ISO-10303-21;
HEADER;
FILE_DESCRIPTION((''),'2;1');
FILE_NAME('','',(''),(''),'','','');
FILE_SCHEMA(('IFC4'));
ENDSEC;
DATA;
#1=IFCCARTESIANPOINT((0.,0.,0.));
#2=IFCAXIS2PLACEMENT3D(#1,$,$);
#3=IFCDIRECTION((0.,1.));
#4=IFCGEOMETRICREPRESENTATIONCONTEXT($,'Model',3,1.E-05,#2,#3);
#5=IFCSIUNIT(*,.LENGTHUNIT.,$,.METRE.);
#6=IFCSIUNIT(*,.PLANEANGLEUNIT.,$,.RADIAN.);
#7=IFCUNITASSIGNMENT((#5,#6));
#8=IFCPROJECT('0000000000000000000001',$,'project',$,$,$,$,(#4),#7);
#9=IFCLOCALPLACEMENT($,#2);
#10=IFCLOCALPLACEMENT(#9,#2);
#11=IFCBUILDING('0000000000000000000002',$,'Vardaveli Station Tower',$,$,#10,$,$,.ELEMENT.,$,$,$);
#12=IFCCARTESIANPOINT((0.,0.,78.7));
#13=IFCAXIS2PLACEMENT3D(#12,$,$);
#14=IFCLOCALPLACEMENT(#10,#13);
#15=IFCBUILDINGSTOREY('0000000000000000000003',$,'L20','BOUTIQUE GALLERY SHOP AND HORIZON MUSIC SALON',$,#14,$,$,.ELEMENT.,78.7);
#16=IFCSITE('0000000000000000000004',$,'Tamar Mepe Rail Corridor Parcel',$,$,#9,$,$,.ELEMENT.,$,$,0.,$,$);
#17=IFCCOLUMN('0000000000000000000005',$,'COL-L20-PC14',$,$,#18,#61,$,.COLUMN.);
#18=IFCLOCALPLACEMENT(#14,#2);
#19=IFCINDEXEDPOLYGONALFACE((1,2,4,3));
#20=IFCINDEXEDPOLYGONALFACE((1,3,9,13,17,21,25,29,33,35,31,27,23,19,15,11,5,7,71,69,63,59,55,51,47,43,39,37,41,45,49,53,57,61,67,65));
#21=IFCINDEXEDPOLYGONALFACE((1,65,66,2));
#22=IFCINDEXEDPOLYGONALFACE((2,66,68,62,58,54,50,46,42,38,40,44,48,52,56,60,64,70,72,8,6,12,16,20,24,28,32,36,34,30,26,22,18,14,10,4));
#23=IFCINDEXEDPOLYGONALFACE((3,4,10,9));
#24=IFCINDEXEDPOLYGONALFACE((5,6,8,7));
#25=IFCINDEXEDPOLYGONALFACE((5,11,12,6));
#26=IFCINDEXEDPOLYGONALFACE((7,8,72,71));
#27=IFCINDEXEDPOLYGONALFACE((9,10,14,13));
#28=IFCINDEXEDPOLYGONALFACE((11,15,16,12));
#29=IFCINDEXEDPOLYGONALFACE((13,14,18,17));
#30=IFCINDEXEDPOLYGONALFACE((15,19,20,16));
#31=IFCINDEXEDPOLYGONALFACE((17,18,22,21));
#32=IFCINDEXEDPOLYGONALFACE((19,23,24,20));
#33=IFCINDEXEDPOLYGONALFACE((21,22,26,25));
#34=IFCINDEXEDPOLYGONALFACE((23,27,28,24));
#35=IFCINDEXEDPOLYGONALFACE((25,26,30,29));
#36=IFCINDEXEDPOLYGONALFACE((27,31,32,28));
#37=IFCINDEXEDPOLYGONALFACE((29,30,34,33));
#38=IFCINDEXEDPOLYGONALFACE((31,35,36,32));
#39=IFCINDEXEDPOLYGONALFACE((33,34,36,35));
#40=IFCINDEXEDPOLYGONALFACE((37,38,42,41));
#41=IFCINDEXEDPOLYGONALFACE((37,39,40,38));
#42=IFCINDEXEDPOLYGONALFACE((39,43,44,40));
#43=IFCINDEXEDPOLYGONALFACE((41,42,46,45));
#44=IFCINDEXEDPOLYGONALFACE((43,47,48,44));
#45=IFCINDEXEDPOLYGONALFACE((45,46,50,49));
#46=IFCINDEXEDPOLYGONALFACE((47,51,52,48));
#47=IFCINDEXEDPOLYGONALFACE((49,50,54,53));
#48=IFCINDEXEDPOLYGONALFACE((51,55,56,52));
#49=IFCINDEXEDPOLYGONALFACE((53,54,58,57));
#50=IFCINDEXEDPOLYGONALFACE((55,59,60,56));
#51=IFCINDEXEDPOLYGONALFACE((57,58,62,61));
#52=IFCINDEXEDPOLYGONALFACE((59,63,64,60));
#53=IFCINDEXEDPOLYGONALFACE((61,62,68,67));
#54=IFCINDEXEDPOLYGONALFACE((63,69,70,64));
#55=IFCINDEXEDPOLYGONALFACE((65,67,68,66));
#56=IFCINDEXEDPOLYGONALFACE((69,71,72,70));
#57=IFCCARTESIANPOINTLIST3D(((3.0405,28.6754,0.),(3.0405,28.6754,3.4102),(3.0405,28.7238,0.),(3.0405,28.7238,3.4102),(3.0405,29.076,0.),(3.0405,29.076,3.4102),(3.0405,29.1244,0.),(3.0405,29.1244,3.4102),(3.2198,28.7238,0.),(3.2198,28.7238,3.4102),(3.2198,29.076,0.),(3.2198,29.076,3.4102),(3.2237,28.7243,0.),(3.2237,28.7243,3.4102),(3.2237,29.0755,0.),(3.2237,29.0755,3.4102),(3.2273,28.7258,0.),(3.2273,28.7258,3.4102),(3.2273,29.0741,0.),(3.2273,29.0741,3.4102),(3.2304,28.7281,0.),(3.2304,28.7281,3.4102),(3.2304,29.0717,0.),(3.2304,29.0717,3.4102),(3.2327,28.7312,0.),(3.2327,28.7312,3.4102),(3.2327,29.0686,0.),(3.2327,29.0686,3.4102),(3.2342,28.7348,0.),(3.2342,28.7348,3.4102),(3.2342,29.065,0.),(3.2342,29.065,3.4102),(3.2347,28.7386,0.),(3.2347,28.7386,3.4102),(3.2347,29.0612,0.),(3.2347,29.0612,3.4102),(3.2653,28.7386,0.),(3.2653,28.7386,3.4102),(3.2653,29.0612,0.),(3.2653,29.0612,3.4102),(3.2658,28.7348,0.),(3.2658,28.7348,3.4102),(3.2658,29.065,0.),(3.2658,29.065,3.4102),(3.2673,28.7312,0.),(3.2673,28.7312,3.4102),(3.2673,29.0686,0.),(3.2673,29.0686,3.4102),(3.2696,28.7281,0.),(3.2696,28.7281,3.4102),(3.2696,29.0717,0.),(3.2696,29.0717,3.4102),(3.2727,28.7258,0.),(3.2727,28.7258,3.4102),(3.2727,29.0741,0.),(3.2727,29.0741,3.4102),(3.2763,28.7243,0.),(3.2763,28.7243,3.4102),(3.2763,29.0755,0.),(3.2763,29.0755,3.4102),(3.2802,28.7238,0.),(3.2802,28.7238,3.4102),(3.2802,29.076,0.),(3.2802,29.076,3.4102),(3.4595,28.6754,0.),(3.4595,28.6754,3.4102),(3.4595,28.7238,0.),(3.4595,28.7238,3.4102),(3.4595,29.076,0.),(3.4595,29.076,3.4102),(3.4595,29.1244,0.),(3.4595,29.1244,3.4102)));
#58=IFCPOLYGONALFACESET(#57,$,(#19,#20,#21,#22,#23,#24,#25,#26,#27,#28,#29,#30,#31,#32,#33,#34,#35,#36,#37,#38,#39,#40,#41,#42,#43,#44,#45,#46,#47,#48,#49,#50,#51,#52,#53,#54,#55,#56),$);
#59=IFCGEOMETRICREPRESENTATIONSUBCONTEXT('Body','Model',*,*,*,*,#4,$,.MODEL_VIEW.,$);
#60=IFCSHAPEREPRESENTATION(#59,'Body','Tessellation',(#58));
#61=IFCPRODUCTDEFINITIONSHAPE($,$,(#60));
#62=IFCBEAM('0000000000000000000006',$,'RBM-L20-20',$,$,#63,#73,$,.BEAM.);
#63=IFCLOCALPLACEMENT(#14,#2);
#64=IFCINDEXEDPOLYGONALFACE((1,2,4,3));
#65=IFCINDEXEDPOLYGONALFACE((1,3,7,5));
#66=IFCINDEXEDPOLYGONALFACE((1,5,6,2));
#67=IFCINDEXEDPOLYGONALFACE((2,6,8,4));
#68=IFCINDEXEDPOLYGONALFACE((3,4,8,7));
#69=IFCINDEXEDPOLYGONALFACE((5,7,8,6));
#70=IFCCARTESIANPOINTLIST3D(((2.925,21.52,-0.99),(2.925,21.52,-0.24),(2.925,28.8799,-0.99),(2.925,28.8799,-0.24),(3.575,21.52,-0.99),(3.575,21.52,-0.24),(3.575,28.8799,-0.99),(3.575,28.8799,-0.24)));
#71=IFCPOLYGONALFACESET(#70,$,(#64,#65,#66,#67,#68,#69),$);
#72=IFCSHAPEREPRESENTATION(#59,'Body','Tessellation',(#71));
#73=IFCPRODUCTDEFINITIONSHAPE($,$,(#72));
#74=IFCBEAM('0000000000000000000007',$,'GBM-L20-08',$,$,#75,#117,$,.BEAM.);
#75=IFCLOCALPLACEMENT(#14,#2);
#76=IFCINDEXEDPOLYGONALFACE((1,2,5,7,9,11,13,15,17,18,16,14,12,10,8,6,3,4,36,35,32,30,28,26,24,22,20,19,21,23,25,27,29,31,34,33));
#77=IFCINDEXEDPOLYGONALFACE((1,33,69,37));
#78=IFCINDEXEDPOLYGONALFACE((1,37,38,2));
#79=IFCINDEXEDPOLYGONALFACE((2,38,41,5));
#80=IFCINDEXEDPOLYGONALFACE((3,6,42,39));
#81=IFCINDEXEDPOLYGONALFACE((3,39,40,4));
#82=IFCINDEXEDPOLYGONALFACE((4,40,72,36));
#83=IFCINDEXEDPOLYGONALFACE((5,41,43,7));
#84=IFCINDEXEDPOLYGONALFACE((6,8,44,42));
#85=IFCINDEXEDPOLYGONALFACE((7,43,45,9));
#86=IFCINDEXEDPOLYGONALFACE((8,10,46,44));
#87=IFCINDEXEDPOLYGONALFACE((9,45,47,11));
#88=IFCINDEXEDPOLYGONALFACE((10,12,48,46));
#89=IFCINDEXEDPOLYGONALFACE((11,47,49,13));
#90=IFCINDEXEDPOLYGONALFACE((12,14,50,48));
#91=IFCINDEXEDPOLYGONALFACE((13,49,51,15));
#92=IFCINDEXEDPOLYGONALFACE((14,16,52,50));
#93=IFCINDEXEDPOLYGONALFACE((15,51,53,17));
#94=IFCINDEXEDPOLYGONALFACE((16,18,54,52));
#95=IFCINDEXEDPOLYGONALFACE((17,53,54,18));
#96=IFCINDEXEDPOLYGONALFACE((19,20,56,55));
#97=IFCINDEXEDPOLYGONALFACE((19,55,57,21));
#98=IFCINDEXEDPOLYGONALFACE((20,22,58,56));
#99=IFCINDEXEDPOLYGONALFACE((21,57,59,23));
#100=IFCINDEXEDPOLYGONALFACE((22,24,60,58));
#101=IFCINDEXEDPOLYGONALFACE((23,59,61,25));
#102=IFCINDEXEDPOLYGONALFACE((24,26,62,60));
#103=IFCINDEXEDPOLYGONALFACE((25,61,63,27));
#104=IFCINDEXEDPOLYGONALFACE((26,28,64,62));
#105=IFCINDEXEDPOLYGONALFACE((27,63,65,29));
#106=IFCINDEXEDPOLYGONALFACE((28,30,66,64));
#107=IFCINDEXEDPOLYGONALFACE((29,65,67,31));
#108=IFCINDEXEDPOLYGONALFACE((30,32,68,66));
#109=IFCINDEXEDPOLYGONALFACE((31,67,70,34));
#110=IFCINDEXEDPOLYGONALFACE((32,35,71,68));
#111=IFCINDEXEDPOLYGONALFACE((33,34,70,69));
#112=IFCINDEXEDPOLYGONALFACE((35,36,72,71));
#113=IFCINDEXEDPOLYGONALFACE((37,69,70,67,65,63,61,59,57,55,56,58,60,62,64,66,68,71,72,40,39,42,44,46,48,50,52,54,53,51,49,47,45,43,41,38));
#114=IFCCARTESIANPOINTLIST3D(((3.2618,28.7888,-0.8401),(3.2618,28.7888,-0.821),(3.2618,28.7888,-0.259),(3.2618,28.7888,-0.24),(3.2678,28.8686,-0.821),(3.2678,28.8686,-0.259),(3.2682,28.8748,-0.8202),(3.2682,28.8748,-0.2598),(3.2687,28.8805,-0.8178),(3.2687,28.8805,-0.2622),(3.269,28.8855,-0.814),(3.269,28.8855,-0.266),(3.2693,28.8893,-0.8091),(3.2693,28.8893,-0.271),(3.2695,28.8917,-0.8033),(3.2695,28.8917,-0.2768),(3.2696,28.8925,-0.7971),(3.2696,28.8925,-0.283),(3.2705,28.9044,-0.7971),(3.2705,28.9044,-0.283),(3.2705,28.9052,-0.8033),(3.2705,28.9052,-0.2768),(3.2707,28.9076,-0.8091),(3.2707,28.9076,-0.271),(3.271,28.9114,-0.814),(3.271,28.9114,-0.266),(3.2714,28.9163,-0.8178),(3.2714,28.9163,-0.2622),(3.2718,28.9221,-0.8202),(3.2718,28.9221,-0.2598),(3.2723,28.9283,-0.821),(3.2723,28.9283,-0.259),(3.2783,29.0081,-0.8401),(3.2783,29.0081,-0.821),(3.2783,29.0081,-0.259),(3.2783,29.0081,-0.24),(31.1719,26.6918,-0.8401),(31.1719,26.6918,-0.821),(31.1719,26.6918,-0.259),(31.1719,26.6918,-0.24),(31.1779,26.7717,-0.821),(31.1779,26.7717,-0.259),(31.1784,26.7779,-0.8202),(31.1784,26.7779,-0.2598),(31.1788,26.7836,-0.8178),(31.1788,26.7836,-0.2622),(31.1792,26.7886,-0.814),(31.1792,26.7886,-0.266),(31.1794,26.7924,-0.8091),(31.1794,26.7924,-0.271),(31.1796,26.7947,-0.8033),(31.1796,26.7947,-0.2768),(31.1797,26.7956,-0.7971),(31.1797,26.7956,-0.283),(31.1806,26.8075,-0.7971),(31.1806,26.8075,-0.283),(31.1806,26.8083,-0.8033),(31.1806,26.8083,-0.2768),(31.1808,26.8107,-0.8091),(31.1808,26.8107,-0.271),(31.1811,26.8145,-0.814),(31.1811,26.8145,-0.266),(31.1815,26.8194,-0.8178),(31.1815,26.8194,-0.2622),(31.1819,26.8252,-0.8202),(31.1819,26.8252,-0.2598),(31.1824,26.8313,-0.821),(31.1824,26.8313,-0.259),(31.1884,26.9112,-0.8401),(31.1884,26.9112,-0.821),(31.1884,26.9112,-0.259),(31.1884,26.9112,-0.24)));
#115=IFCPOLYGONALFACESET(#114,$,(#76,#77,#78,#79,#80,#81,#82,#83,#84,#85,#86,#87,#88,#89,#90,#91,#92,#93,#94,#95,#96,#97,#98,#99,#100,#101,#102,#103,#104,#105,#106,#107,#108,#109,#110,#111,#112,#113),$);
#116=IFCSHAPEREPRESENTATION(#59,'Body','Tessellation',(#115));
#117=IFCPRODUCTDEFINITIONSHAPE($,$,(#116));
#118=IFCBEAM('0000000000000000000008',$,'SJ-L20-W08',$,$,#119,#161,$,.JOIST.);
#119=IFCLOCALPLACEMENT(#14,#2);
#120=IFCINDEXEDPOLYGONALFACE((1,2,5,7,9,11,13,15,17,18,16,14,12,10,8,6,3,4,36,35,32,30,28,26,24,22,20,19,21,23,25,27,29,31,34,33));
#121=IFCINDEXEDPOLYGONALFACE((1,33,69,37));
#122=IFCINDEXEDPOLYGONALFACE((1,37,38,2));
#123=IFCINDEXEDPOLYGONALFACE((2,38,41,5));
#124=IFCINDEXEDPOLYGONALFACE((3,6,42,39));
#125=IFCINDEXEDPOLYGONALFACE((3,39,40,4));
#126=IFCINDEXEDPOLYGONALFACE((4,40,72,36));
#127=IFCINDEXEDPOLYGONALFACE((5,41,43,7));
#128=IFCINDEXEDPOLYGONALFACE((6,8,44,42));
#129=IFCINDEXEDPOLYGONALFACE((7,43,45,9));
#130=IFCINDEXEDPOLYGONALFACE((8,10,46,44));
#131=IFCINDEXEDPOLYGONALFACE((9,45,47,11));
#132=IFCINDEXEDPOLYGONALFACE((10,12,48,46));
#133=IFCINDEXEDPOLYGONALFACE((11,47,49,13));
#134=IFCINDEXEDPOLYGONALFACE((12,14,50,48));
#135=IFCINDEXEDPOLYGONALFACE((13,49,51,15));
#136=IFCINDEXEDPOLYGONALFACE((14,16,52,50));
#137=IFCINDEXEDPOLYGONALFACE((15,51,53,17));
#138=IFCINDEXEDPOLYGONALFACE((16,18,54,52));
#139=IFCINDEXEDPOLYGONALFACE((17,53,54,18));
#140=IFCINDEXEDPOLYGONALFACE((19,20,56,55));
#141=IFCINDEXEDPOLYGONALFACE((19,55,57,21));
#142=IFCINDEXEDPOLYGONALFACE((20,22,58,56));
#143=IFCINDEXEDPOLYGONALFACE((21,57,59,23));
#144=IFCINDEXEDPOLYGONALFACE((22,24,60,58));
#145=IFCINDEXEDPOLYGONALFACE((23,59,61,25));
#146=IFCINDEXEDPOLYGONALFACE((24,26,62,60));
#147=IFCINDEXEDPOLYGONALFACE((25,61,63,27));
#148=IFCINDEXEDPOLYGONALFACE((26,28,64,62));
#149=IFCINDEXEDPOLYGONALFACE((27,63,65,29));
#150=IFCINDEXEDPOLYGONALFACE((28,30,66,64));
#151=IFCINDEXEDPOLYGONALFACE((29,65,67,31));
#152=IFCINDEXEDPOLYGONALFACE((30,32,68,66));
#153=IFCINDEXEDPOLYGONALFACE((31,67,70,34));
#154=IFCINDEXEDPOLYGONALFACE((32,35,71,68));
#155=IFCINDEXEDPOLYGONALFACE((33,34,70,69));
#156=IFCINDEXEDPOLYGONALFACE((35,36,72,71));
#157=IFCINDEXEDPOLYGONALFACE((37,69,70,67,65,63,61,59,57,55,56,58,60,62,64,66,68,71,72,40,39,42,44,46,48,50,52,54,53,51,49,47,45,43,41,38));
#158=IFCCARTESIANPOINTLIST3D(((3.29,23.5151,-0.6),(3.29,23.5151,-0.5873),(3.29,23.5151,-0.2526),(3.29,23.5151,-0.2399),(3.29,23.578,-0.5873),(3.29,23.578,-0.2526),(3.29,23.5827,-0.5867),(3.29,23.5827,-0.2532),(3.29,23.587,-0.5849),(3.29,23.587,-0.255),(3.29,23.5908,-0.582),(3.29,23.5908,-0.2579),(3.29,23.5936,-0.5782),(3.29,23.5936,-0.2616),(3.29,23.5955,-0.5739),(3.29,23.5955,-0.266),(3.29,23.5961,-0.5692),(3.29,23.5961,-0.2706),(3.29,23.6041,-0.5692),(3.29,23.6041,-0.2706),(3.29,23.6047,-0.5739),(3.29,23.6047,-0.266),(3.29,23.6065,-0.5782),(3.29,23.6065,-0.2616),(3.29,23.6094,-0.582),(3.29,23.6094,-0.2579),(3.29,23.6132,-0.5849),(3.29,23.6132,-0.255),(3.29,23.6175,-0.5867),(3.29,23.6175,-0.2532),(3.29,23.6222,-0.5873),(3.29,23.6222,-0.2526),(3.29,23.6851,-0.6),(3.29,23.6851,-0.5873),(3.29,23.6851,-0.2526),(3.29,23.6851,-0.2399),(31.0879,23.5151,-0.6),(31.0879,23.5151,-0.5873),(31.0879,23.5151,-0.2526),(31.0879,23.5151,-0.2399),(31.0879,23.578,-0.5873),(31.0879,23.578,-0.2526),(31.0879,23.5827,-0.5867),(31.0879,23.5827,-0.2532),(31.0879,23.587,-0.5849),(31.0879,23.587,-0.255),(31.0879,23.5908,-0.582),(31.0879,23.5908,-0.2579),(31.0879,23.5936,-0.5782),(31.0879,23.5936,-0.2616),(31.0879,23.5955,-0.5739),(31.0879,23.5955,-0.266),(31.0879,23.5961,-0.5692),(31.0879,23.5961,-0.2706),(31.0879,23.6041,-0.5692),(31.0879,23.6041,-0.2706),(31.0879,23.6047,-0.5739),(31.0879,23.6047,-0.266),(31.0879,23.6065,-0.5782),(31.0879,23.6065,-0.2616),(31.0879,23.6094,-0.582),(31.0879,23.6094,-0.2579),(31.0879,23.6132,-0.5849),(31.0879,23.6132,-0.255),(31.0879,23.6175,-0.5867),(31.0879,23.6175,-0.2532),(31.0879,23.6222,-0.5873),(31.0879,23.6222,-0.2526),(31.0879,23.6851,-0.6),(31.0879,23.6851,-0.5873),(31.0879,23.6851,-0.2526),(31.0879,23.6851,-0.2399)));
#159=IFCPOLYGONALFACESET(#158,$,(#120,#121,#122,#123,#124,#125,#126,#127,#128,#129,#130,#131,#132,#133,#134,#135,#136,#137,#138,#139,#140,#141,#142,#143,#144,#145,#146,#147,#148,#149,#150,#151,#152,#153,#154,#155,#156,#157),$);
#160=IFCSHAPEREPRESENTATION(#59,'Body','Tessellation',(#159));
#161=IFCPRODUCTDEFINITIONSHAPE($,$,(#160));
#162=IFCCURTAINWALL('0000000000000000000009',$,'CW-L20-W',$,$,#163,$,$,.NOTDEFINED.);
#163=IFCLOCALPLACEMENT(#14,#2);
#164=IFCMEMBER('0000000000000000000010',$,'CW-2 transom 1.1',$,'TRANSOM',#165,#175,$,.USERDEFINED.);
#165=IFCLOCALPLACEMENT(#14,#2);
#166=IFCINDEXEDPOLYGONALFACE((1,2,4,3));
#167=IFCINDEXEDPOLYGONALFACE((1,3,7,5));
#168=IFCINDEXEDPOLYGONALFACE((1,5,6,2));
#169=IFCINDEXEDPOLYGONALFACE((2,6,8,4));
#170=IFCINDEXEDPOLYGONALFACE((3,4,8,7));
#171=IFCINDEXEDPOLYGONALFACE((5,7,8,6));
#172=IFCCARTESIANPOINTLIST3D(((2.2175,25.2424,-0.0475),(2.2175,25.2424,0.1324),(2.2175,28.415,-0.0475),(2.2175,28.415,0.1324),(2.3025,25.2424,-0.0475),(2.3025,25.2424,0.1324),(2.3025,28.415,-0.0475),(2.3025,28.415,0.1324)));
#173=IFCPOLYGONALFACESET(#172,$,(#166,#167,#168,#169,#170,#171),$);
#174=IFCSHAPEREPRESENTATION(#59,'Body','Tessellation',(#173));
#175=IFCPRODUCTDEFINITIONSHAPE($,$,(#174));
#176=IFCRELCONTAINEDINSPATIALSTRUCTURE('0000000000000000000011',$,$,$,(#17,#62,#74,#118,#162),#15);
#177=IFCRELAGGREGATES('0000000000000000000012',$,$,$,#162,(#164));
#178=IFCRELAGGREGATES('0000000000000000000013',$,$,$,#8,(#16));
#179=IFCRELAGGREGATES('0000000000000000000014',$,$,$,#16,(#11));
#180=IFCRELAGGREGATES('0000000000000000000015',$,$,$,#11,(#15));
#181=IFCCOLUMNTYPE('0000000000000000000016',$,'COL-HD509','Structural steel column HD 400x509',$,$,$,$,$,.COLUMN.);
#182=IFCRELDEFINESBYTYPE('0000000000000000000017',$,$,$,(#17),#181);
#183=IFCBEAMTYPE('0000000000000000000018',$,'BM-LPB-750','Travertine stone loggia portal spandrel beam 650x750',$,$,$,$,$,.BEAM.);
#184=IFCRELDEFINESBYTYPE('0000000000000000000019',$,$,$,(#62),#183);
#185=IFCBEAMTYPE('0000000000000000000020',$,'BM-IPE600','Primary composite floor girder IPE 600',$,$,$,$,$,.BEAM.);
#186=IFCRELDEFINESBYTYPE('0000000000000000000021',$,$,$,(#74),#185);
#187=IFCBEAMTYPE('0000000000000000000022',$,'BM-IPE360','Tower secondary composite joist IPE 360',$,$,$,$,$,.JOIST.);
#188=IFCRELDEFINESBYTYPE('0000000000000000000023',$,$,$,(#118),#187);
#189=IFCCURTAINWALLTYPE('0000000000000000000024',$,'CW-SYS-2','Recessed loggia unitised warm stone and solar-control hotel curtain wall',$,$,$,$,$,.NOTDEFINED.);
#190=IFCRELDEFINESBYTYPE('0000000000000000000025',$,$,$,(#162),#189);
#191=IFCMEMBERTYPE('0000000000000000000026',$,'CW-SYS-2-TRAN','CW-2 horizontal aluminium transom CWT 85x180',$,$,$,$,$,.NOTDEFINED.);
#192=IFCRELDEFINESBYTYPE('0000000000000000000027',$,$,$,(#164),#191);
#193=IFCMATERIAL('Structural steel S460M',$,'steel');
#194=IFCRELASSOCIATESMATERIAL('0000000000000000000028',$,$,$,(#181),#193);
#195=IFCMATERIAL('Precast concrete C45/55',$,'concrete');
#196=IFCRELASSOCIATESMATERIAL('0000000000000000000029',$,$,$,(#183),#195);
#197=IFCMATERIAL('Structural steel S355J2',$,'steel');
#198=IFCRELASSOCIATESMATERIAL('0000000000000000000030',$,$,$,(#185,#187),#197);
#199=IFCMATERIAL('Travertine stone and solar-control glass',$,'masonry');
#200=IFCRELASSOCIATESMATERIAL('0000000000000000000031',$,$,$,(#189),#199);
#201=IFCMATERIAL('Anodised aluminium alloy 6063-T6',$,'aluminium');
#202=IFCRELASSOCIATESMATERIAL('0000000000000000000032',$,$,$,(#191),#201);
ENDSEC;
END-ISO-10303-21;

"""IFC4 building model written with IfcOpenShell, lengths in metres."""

from ifc_helpers import new_model, si_unit, direction, frame, origin, origin_2d, place, context, subcontext, project, spatial, rectangle, i_section, extrude, source, transform, mapped, material, material_profile, profile_set, type_object, element, aggregate, save


model = new_model("IFC4")

# Units and contexts
model_context = context("Model", 3, precision=1e-05, world=origin(), true_north=direction((0.0, 1.0)))
body_context = subcontext(model_context, "Body", "Model", "MODEL_VIEW")
ifc_project = project(units=[si_unit("LENGTHUNIT", "METRE"), si_unit("PLANEANGLEUNIT", "RADIAN")], contexts=[model_context])

# Site, building, storey
site_placement = place(None, origin())
site = spatial("IfcSite", under=ifc_project, at=site_placement, Name="Tamar Mepe Rail Corridor Parcel", CompositionType="ELEMENT", RefElevation=0.0)
building_placement = place(site_placement, origin())
building = spatial("IfcBuilding", under=site, at=building_placement, Name="Vardaveli Station Tower", CompositionType="ELEMENT")
storey_placement = place(building_placement, frame((0.0, 0.0, 78.7)))
storey = spatial("IfcBuildingStorey", under=building, at=storey_placement, Name="L20", Description="BOUTIQUE GALLERY SHOP AND HORIZON MUSIC SALON", CompositionType="ELEMENT", Elevation=78.7)

# Column
ifc_material_1 = material(Name="Structural steel S460M", Category="steel")
ifc_material_profile_1 = material_profile(ifc_material_1, i_section(OverallWidth=0.4189, OverallDepth=0.449, WebThickness=0.0305, FlangeThickness=0.0483, FilletRadius=0.0149, at=origin_2d()), Name="HD 400x509")
ifc_profile_set_1 = profile_set([ifc_material_profile_1], Name="Structural steel S460M")
column_type = type_object("IfcColumnType", Name="COL-HD509", Description="Structural steel column HD 400x509", PredefinedType="COLUMN", material=ifc_profile_set_1)
shared_shape_1 = source(origin(), body_context, "Body", "SweptSolid", [
    extrude(i_section(OverallWidth=0.4189, OverallDepth=0.449, WebThickness=0.0305, FlangeThickness=0.0483, FilletRadius=0.0149, at=origin_2d()), origin(), (0.0, 0.0, 1.0), 3.4102),
])
column_placement = place(storey_placement, frame((3.25, 28.8999, 0.0), z_axis=(0.0, 0.0, 1.0), x_axis=(1.0, 0.0, 0.0)))
element("IfcColumn", 1, at=column_placement, inside=storey, type_object=column_type, Name="COL-L20-PC14", PredefinedType="COLUMN", context=body_context, shape_type="MappedRepresentation", body=[
    mapped(shared_shape_1, transform((0.0, 0.0, 0.0), scale=1.0)),
])

# Beams
ifc_material_2 = material(Name="Precast concrete C45/55", Category="concrete")
ifc_material_profile_2 = material_profile(ifc_material_2, rectangle(XDim=0.6499, YDim=0.75, at=origin_2d()), Name="LPB 650x750")
ifc_profile_set_2 = profile_set([ifc_material_profile_2], Name="Precast concrete C45/55")
beam_type_1 = type_object("IfcBeamType", Name="BM-LPB-750", Description="Travertine stone loggia portal spandrel beam 650x750", PredefinedType="BEAM", material=ifc_profile_set_2)
shared_shape_2 = source(origin(), body_context, "Body", "SweptSolid", [
    extrude(rectangle(XDim=0.6499, YDim=0.75, at=origin_2d()), origin(), (0.0, 0.0, 1.0), 7.3599),
])
beam_1_placement = place(storey_placement, frame((3.25, 28.8799, -0.615), z_axis=(0.0, -1.0, 0.0), x_axis=(1.0, 0.0, 0.0)))
element("IfcBeam", 2, at=beam_1_placement, inside=storey, type_object=beam_type_1, Name="RBM-L20-20", PredefinedType="BEAM", context=body_context, shape_type="MappedRepresentation", body=[
    mapped(shared_shape_2, transform((0.0, 0.0, 0.0), scale=1.0)),
])
ifc_material_3 = material(Name="Structural steel S355J2", Category="steel")
ifc_material_profile_3 = material_profile(ifc_material_3, i_section(OverallWidth=0.22, OverallDepth=0.6001, WebThickness=0.012, FlangeThickness=0.019, FilletRadius=0.0239, at=origin_2d()), Name="IPE 600")
ifc_profile_set_3 = profile_set([ifc_material_profile_3], Name="Structural steel S355J2")
beam_type_2 = type_object("IfcBeamType", Name="BM-IPE600", Description="Primary composite floor girder IPE 600", PredefinedType="BEAM", material=ifc_profile_set_3)
shared_shape_3 = source(origin(), body_context, "Body", "SweptSolid", [
    extrude(i_section(OverallWidth=0.22, OverallDepth=0.6001, WebThickness=0.012, FlangeThickness=0.019, FilletRadius=0.0239, at=origin_2d()), origin(), (0.0, 0.0, 1.0), 27.9888),
])
beam_2_placement = place(storey_placement, frame((3.27, 28.8984, -0.54), z_axis=(0.99719, -0.07492, 0.0), x_axis=(0.07492, 0.99719, 0.0)))
element("IfcBeam", 3, at=beam_2_placement, inside=storey, type_object=beam_type_2, Name="GBM-L20-08", PredefinedType="BEAM", context=body_context, shape_type="MappedRepresentation", body=[
    mapped(shared_shape_3, transform((0.0, 0.0, 0.0), scale=1.0)),
])
ifc_material_profile_4 = material_profile(ifc_material_3, i_section(OverallWidth=0.1699, OverallDepth=0.3601, WebThickness=0.0081, FlangeThickness=0.0127, FilletRadius=0.0181, at=origin_2d()), Name="IPE 360")
ifc_profile_set_4 = profile_set([ifc_material_profile_4], Name="Structural steel S355J2")
beam_type_3 = type_object("IfcBeamType", Name="BM-IPE360", Description="Tower secondary composite joist IPE 360", PredefinedType="JOIST", material=ifc_profile_set_4)
shared_shape_4 = source(origin(), body_context, "Body", "SweptSolid", [
    extrude(i_section(OverallWidth=0.1699, OverallDepth=0.3601, WebThickness=0.0081, FlangeThickness=0.0127, FilletRadius=0.0181, at=origin_2d()), origin(), (0.0, 0.0, 1.0), 27.7979),
])
beam_3_placement = place(storey_placement, frame((3.29, 23.6001, -0.4199), z_axis=(1.0, 0.0, 0.0), x_axis=(0.0, 1.0, 0.0)))
element("IfcBeam", 4, at=beam_3_placement, inside=storey, type_object=beam_type_3, Name="SJ-L20-W08", PredefinedType="JOIST", context=body_context, shape_type="MappedRepresentation", body=[
    mapped(shared_shape_4, transform((0.0, 0.0, 0.0), scale=1.0)),
])

# Curtain wall, member
ifc_material_4 = material(Name="Travertine stone and solar-control glass", Category="masonry")
curtain_wall_type = type_object("IfcCurtainWallType", Name="CW-SYS-2", Description="Recessed loggia unitised warm stone and solar-control hotel curtain wall", PredefinedType="NOTDEFINED", material=ifc_material_4)
curtain_wall_placement = place(storey_placement, origin())
curtain_wall = element("IfcCurtainWall", 5, at=curtain_wall_placement, inside=storey, type_object=curtain_wall_type, Name="CW-L20-W", PredefinedType="NOTDEFINED")
ifc_material_5 = material(Name="Anodised aluminium alloy 6063-T6", Category="aluminium")
ifc_material_profile_5 = material_profile(ifc_material_5, rectangle(XDim=0.085, YDim=0.1799, at=origin_2d()), Name="CWT 85x180")
ifc_profile_set_5 = profile_set([ifc_material_profile_5], Name="Anodised aluminium alloy 6063-T6")
member_type_1 = type_object("IfcMemberType", Name="CW-SYS-2-TRAN", Description="CW-2 horizontal aluminium transom CWT 85x180", PredefinedType="NOTDEFINED", material=ifc_profile_set_5)
shared_shape_5 = source(origin(), body_context, "Body", "SweptSolid", [
    extrude(rectangle(XDim=0.085, YDim=0.1799, at=origin_2d()), origin(), (0.0, 0.0, 1.0), 3.1726),
])
member_1_placement = place(storey_placement, frame((2.26, 28.415, 0.0425), z_axis=(0.0, -1.0, 0.0), x_axis=(1.0, 0.0, 0.0)))
member_1 = element("IfcMember", 6, at=member_1_placement, type_object=member_type_1, Name="CW-2 transom 1.1", ObjectType="TRANSOM", PredefinedType="USERDEFINED", context=body_context, shape_type="MappedRepresentation", body=[
    mapped(shared_shape_5, transform((0.0, 0.0, 0.0), scale=1.0)),
])
aggregate(curtain_wall, [member_1])

save(model, "model.ifc")
